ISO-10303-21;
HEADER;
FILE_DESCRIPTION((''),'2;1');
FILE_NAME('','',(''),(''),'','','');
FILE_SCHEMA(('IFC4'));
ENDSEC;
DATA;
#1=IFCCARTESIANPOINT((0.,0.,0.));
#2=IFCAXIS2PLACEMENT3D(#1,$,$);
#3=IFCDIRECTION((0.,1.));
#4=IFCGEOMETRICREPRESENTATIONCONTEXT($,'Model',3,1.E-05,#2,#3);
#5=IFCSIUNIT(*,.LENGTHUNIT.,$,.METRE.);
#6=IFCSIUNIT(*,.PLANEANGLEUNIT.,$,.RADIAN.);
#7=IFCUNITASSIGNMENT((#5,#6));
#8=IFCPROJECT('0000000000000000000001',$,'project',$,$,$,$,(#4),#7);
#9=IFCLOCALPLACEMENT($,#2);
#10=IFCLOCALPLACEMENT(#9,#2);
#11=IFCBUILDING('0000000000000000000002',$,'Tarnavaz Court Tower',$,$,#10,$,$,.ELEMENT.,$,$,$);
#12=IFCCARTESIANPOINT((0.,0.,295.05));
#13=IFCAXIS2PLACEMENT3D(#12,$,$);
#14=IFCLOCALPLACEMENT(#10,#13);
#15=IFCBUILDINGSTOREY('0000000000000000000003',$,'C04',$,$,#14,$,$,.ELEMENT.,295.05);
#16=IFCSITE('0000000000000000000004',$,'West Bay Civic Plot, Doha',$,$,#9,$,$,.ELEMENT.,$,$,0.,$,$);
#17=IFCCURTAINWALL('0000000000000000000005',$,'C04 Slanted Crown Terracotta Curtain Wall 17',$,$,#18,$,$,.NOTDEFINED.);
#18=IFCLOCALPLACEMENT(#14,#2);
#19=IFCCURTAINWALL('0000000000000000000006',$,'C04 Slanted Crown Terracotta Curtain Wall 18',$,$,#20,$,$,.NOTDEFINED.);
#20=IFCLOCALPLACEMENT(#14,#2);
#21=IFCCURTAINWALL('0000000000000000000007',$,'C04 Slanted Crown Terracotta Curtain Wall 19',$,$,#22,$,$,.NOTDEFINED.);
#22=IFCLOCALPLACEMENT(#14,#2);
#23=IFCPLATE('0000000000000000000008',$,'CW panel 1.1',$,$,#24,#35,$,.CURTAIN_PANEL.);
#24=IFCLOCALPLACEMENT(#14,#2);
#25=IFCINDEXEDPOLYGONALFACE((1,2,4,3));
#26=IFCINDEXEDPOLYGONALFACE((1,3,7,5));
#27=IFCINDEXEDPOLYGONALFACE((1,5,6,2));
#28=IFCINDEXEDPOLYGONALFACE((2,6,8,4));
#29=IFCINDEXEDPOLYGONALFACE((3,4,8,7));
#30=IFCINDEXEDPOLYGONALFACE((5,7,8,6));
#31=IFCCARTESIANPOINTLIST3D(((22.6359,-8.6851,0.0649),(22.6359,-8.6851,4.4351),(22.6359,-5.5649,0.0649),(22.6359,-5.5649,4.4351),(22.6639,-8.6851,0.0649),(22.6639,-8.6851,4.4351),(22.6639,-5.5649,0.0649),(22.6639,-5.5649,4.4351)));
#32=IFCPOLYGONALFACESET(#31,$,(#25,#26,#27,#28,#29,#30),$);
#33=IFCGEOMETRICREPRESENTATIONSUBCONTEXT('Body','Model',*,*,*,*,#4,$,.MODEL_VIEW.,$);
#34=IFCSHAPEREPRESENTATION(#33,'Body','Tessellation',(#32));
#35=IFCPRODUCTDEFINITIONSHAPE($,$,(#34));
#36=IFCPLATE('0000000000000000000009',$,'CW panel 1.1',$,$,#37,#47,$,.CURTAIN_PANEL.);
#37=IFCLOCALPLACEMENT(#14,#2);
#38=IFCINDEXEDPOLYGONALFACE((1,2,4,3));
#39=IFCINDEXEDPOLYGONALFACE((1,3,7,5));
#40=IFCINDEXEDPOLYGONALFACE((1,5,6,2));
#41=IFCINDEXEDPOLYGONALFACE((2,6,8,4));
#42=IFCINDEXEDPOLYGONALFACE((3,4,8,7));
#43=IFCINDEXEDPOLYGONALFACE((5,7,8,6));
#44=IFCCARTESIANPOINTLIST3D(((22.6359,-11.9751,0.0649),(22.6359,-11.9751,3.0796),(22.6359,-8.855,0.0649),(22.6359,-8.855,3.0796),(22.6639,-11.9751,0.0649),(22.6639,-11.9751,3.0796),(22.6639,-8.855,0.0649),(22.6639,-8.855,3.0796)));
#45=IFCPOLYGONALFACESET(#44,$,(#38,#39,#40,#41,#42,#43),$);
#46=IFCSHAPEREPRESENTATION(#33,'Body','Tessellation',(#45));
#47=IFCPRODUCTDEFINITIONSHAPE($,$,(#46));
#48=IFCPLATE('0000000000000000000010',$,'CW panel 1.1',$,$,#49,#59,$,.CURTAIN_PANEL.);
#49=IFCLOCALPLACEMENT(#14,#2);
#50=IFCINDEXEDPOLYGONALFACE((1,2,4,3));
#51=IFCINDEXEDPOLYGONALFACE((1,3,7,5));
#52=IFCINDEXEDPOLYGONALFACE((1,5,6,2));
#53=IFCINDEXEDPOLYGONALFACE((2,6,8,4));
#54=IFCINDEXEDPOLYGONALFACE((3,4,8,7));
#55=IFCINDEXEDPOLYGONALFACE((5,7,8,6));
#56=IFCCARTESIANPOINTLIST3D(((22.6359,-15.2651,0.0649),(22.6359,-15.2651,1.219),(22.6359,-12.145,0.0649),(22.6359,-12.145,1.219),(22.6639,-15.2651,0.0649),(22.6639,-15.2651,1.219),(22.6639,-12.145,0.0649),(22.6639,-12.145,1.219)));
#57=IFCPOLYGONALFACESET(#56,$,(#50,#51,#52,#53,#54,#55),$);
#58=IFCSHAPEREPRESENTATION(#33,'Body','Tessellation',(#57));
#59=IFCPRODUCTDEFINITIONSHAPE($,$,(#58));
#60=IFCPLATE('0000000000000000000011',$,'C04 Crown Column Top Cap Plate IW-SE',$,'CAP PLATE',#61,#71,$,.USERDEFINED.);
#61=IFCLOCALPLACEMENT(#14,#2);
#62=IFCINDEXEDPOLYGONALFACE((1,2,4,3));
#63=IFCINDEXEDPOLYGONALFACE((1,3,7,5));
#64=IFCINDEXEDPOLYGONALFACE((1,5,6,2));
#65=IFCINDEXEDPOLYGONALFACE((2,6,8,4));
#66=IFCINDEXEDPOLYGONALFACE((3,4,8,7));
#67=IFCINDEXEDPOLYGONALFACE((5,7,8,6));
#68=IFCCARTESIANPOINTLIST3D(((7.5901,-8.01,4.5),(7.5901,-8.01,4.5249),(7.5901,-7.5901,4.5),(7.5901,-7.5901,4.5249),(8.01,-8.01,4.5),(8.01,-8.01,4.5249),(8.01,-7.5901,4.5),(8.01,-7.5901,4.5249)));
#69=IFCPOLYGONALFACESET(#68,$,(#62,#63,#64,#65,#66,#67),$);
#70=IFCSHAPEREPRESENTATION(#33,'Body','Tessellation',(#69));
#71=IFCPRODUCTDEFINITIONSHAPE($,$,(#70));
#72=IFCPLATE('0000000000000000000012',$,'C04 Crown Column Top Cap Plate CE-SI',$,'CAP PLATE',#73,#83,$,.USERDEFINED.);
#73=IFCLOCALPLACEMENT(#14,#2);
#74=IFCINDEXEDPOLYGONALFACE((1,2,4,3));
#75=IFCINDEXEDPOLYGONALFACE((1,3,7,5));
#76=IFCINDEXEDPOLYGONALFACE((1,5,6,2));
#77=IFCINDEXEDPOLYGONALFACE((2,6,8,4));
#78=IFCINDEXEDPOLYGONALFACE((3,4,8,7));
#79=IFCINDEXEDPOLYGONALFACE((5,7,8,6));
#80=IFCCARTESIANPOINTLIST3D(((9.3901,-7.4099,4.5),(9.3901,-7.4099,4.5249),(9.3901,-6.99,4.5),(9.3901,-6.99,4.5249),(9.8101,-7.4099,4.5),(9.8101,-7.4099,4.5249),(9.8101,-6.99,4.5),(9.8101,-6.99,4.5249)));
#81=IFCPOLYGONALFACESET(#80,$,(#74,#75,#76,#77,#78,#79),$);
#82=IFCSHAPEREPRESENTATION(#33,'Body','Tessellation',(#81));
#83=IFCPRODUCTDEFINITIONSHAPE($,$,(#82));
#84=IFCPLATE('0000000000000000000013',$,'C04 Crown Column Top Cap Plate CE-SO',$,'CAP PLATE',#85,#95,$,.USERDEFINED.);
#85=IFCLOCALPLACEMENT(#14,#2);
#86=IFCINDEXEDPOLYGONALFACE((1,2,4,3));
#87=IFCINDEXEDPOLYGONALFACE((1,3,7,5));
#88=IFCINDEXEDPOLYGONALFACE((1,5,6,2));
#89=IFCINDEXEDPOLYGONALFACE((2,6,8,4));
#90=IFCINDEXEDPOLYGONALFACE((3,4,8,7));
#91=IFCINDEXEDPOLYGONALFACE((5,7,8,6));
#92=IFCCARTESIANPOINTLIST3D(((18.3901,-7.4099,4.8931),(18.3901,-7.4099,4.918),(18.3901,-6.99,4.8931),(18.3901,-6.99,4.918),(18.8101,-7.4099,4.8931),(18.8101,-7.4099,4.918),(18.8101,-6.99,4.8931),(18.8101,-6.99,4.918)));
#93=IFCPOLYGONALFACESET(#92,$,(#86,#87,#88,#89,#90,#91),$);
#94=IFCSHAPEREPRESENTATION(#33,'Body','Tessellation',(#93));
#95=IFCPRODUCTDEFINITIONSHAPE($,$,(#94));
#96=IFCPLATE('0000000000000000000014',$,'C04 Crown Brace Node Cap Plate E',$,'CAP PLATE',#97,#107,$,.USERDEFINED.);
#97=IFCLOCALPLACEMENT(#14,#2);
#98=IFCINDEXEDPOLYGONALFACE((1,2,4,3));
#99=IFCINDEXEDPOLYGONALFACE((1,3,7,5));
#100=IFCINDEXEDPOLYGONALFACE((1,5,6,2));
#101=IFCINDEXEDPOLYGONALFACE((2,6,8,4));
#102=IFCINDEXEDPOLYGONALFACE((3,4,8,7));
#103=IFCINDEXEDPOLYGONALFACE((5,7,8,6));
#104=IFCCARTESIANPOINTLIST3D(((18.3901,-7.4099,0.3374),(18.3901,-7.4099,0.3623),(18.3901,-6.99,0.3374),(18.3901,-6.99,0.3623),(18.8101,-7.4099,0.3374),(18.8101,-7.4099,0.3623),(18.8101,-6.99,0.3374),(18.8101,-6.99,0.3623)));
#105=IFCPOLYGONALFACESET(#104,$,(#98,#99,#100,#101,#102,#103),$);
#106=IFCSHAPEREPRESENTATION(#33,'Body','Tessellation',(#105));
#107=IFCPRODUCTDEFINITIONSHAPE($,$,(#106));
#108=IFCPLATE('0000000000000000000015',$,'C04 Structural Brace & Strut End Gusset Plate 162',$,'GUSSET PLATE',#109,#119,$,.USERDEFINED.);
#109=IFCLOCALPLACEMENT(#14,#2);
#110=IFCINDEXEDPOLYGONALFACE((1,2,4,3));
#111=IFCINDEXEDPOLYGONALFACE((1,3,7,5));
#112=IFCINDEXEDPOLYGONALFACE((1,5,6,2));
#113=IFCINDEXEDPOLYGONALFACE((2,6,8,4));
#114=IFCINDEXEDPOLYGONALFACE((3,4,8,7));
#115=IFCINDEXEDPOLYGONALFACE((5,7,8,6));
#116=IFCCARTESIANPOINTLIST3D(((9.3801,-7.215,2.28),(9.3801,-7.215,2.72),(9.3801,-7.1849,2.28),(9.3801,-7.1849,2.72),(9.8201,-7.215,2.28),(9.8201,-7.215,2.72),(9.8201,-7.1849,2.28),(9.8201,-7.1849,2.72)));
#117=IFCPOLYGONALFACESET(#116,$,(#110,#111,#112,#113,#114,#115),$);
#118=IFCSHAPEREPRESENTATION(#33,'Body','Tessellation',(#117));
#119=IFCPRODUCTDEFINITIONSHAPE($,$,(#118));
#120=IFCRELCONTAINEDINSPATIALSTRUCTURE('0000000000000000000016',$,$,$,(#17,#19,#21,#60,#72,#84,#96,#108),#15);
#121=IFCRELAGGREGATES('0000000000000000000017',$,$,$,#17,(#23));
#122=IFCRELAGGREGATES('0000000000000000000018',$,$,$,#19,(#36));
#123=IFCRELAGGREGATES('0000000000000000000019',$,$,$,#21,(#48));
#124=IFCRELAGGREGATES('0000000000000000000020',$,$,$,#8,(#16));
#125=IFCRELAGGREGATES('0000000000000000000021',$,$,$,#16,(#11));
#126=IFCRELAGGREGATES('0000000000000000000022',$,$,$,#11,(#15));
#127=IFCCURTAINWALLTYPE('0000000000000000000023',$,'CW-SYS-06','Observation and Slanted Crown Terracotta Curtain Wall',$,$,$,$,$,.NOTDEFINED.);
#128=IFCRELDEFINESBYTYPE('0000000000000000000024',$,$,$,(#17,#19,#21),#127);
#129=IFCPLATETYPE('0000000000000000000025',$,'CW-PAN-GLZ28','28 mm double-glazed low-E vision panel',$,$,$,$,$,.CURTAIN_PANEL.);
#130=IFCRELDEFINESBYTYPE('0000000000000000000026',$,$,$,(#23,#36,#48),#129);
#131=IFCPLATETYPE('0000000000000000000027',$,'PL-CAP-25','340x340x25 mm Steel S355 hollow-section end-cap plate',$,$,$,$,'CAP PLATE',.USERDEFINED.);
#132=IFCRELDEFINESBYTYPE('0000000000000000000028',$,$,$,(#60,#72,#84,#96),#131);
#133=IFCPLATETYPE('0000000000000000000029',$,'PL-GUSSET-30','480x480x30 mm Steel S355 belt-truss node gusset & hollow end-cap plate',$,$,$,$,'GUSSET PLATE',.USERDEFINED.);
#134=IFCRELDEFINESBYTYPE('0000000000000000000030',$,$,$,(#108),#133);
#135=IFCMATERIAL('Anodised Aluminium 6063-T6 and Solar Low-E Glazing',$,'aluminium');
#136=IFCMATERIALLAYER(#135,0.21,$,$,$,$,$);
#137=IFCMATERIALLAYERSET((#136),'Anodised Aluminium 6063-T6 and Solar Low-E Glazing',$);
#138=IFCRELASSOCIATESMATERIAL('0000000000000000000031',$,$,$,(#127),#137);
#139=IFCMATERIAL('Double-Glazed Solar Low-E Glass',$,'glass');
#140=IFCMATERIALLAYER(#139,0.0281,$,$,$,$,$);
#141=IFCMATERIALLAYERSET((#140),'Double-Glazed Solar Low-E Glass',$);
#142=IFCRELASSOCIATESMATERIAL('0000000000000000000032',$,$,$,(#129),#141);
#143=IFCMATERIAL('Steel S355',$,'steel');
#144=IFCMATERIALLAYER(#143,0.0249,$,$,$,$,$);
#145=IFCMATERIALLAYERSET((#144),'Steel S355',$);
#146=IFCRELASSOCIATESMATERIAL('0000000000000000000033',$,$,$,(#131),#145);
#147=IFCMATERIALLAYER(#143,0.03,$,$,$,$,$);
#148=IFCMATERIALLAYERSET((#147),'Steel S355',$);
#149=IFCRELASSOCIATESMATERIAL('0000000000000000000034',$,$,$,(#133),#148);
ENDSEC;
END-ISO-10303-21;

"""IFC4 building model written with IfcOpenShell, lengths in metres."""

from ifc_helpers import new_model, si_unit, direction, frame, origin, origin_2d, place, context, subcontext, project, spatial, rectangle, extrude, material, layer, layer_set, type_object, element, aggregate, save


model = new_model("IFC4")

# Units and contexts
model_context = context("Model", 3, precision=1e-05, world=origin(), true_north=direction((0.0, 1.0)))
body_context = subcontext(model_context, "Body", "Model", "MODEL_VIEW")
ifc_project = project(units=[si_unit("LENGTHUNIT", "METRE"), si_unit("PLANEANGLEUNIT", "RADIAN")], contexts=[model_context])

# Site, building, storey
site_placement = place(None, origin())
site = spatial("IfcSite", under=ifc_project, at=site_placement, Name="West Bay Civic Plot, Doha", CompositionType="ELEMENT", RefElevation=0.0)
building_placement = place(site_placement, origin())
building = spatial("IfcBuilding", under=site, at=building_placement, Name="Tarnavaz Court Tower", CompositionType="ELEMENT")
storey_placement = place(building_placement, frame((0.0, 0.0, 295.05)))
storey = spatial("IfcBuildingStorey", under=building, at=storey_placement, Name="C04", CompositionType="ELEMENT", Elevation=295.05)

# Shared definitions
ifc_material_1 = material(Name="Steel S355", Category="steel")

# Curtain wall
ifc_material_2 = material(Name="Anodised Aluminium 6063-T6 and Solar Low-E Glazing", Category="aluminium")
ifc_layer_1 = layer(ifc_material_2, 0.21)
ifc_layer_set_1 = layer_set([ifc_layer_1], Name="Anodised Aluminium 6063-T6 and Solar Low-E Glazing")
curtain_wall_type = type_object("IfcCurtainWallType", Name="CW-SYS-06", Description="Observation and Slanted Crown Terracotta Curtain Wall", PredefinedType="NOTDEFINED", material=ifc_layer_set_1)
curtain_wall_1_placement = place(storey_placement, origin())
curtain_wall_1 = element("IfcCurtainWall", 1, at=curtain_wall_1_placement, inside=storey, type_object=curtain_wall_type, Name="C04 Slanted Crown Terracotta Curtain Wall 17", PredefinedType="NOTDEFINED")

# Curtain walls
curtain_wall_2_placement = place(storey_placement, origin())
curtain_wall_2 = element("IfcCurtainWall", 2, at=curtain_wall_2_placement, inside=storey, type_object=curtain_wall_type, Name="C04 Slanted Crown Terracotta Curtain Wall 18", PredefinedType="NOTDEFINED")
curtain_wall_3_placement = place(storey_placement, origin())
curtain_wall_3 = element("IfcCurtainWall", 3, at=curtain_wall_3_placement, inside=storey, type_object=curtain_wall_type, Name="C04 Slanted Crown Terracotta Curtain Wall 19", PredefinedType="NOTDEFINED")

# Plates
ifc_material_3 = material(Name="Double-Glazed Solar Low-E Glass", Category="glass")
ifc_layer_2 = layer(ifc_material_3, 0.0281)
ifc_layer_set_2 = layer_set([ifc_layer_2], Name="Double-Glazed Solar Low-E Glass")
plate_type_1 = type_object("IfcPlateType", Name="CW-PAN-GLZ28", Description="28 mm double-glazed low-E vision panel", PredefinedType="CURTAIN_PANEL", material=ifc_layer_set_2)
plate_1_placement = place(storey_placement, frame((22.6499, -7.125, 0.0649), z_axis=(0.0, 0.0, 1.0), x_axis=(0.0, -1.0, 0.0)))
plate_1 = element("IfcPlate", 4, at=plate_1_placement, type_object=plate_type_1, Name="CW panel 1.1", PredefinedType="CURTAIN_PANEL", context=body_context, shape_type="SweptSolid", body=[
    extrude(rectangle(XDim=3.1201, YDim=0.0281, at=origin_2d()), origin(), (0.0, 0.0, 1.0), 4.3701),
])
aggregate(curtain_wall_1, [plate_1])
plate_2_placement = place(storey_placement, frame((22.6499, -10.415, 0.0649), z_axis=(0.0, 0.0, 1.0), x_axis=(0.0, -1.0, 0.0)))
plate_2 = element("IfcPlate", 5, at=plate_2_placement, type_object=plate_type_1, Name="CW panel 1.1", PredefinedType="CURTAIN_PANEL", context=body_context, shape_type="SweptSolid", body=[
    extrude(rectangle(XDim=3.1201, YDim=0.0281, at=origin_2d()), origin(), (0.0, 0.0, 1.0), 3.0146),
])
aggregate(curtain_wall_2, [plate_2])
plate_3_placement = place(storey_placement, frame((22.6499, -13.7051, 0.0649), z_axis=(0.0, 0.0, 1.0), x_axis=(0.0, -1.0, 0.0)))
plate_3 = element("IfcPlate", 6, at=plate_3_placement, type_object=plate_type_1, Name="CW panel 1.1", PredefinedType="CURTAIN_PANEL", context=body_context, shape_type="SweptSolid", body=[
    extrude(rectangle(XDim=3.1201, YDim=0.0281, at=origin_2d()), origin(), (0.0, 0.0, 1.0), 1.1541),
])
aggregate(curtain_wall_3, [plate_3])

# Plates
ifc_layer_3 = layer(ifc_material_1, 0.0249)
ifc_layer_set_3 = layer_set([ifc_layer_3], Name="Steel S355")
plate_type_2 = type_object("IfcPlateType", Name="PL-CAP-25", Description="340x340x25 mm Steel S355 hollow-section end-cap plate", ElementType="CAP PLATE", PredefinedType="USERDEFINED", material=ifc_layer_set_3)
for number, where, z_axis, x_axis, name in (
    (7, (7.8, -7.8, 4.5), (0.0, 0.0, 1.0), (1.0, 0.0, 0.0), "C04 Crown Column Top Cap Plate IW-SE"),
    (8, (9.6001, -7.2, 4.5), (0.0, 0.0, 1.0), (1.0, 0.0, 0.0), "C04 Crown Column Top Cap Plate CE-SI"),
    (9, (18.6001, -7.2, 4.8931), (0.0, 0.0, 1.0), (1.0, 0.0, 0.0), "C04 Crown Column Top Cap Plate CE-SO"),
    (10, (18.6001, -7.2, 0.3374), (0.0, 0.0, 1.0), (1.0, 0.0, 0.0), "C04 Crown Brace Node Cap Plate E"),
):
    element("IfcPlate", number, at=place(storey_placement, frame(where, z_axis=z_axis, x_axis=x_axis)), inside=storey, type_object=plate_type_2, Name=name, ObjectType="CAP PLATE", PredefinedType="USERDEFINED", context=body_context, shape_type="SweptSolid", body=[
        extrude(rectangle(XDim=0.4199, YDim=0.4199, at=origin_2d()), origin(), (0.0, 0.0, 1.0), 0.0249),
    ])
ifc_layer_4 = layer(ifc_material_1, 0.03)
ifc_layer_set_4 = layer_set([ifc_layer_4], Name="Steel S355")
plate_type_3 = type_object("IfcPlateType", Name="PL-GUSSET-30", Description="480x480x30 mm Steel S355 belt-truss node gusset & hollow end-cap plate", ElementType="GUSSET PLATE", PredefinedType="USERDEFINED", material=ifc_layer_set_4)
plate_4_placement = place(storey_placement, frame((9.6001, -7.2, 2.28), z_axis=(0.0, 0.0, 1.0), x_axis=(1.0, 0.0, 0.0)))
element("IfcPlate", 11, at=plate_4_placement, inside=storey, type_object=plate_type_3, Name="C04 Structural Brace & Strut End Gusset Plate 162", ObjectType="GUSSET PLATE", PredefinedType="USERDEFINED", context=body_context, shape_type="SweptSolid", body=[
    extrude(rectangle(XDim=0.4399, YDim=0.03, at=origin_2d()), origin(), (0.0, 0.0, 1.0), 0.4399),
])

save(model, "model.ifc")
